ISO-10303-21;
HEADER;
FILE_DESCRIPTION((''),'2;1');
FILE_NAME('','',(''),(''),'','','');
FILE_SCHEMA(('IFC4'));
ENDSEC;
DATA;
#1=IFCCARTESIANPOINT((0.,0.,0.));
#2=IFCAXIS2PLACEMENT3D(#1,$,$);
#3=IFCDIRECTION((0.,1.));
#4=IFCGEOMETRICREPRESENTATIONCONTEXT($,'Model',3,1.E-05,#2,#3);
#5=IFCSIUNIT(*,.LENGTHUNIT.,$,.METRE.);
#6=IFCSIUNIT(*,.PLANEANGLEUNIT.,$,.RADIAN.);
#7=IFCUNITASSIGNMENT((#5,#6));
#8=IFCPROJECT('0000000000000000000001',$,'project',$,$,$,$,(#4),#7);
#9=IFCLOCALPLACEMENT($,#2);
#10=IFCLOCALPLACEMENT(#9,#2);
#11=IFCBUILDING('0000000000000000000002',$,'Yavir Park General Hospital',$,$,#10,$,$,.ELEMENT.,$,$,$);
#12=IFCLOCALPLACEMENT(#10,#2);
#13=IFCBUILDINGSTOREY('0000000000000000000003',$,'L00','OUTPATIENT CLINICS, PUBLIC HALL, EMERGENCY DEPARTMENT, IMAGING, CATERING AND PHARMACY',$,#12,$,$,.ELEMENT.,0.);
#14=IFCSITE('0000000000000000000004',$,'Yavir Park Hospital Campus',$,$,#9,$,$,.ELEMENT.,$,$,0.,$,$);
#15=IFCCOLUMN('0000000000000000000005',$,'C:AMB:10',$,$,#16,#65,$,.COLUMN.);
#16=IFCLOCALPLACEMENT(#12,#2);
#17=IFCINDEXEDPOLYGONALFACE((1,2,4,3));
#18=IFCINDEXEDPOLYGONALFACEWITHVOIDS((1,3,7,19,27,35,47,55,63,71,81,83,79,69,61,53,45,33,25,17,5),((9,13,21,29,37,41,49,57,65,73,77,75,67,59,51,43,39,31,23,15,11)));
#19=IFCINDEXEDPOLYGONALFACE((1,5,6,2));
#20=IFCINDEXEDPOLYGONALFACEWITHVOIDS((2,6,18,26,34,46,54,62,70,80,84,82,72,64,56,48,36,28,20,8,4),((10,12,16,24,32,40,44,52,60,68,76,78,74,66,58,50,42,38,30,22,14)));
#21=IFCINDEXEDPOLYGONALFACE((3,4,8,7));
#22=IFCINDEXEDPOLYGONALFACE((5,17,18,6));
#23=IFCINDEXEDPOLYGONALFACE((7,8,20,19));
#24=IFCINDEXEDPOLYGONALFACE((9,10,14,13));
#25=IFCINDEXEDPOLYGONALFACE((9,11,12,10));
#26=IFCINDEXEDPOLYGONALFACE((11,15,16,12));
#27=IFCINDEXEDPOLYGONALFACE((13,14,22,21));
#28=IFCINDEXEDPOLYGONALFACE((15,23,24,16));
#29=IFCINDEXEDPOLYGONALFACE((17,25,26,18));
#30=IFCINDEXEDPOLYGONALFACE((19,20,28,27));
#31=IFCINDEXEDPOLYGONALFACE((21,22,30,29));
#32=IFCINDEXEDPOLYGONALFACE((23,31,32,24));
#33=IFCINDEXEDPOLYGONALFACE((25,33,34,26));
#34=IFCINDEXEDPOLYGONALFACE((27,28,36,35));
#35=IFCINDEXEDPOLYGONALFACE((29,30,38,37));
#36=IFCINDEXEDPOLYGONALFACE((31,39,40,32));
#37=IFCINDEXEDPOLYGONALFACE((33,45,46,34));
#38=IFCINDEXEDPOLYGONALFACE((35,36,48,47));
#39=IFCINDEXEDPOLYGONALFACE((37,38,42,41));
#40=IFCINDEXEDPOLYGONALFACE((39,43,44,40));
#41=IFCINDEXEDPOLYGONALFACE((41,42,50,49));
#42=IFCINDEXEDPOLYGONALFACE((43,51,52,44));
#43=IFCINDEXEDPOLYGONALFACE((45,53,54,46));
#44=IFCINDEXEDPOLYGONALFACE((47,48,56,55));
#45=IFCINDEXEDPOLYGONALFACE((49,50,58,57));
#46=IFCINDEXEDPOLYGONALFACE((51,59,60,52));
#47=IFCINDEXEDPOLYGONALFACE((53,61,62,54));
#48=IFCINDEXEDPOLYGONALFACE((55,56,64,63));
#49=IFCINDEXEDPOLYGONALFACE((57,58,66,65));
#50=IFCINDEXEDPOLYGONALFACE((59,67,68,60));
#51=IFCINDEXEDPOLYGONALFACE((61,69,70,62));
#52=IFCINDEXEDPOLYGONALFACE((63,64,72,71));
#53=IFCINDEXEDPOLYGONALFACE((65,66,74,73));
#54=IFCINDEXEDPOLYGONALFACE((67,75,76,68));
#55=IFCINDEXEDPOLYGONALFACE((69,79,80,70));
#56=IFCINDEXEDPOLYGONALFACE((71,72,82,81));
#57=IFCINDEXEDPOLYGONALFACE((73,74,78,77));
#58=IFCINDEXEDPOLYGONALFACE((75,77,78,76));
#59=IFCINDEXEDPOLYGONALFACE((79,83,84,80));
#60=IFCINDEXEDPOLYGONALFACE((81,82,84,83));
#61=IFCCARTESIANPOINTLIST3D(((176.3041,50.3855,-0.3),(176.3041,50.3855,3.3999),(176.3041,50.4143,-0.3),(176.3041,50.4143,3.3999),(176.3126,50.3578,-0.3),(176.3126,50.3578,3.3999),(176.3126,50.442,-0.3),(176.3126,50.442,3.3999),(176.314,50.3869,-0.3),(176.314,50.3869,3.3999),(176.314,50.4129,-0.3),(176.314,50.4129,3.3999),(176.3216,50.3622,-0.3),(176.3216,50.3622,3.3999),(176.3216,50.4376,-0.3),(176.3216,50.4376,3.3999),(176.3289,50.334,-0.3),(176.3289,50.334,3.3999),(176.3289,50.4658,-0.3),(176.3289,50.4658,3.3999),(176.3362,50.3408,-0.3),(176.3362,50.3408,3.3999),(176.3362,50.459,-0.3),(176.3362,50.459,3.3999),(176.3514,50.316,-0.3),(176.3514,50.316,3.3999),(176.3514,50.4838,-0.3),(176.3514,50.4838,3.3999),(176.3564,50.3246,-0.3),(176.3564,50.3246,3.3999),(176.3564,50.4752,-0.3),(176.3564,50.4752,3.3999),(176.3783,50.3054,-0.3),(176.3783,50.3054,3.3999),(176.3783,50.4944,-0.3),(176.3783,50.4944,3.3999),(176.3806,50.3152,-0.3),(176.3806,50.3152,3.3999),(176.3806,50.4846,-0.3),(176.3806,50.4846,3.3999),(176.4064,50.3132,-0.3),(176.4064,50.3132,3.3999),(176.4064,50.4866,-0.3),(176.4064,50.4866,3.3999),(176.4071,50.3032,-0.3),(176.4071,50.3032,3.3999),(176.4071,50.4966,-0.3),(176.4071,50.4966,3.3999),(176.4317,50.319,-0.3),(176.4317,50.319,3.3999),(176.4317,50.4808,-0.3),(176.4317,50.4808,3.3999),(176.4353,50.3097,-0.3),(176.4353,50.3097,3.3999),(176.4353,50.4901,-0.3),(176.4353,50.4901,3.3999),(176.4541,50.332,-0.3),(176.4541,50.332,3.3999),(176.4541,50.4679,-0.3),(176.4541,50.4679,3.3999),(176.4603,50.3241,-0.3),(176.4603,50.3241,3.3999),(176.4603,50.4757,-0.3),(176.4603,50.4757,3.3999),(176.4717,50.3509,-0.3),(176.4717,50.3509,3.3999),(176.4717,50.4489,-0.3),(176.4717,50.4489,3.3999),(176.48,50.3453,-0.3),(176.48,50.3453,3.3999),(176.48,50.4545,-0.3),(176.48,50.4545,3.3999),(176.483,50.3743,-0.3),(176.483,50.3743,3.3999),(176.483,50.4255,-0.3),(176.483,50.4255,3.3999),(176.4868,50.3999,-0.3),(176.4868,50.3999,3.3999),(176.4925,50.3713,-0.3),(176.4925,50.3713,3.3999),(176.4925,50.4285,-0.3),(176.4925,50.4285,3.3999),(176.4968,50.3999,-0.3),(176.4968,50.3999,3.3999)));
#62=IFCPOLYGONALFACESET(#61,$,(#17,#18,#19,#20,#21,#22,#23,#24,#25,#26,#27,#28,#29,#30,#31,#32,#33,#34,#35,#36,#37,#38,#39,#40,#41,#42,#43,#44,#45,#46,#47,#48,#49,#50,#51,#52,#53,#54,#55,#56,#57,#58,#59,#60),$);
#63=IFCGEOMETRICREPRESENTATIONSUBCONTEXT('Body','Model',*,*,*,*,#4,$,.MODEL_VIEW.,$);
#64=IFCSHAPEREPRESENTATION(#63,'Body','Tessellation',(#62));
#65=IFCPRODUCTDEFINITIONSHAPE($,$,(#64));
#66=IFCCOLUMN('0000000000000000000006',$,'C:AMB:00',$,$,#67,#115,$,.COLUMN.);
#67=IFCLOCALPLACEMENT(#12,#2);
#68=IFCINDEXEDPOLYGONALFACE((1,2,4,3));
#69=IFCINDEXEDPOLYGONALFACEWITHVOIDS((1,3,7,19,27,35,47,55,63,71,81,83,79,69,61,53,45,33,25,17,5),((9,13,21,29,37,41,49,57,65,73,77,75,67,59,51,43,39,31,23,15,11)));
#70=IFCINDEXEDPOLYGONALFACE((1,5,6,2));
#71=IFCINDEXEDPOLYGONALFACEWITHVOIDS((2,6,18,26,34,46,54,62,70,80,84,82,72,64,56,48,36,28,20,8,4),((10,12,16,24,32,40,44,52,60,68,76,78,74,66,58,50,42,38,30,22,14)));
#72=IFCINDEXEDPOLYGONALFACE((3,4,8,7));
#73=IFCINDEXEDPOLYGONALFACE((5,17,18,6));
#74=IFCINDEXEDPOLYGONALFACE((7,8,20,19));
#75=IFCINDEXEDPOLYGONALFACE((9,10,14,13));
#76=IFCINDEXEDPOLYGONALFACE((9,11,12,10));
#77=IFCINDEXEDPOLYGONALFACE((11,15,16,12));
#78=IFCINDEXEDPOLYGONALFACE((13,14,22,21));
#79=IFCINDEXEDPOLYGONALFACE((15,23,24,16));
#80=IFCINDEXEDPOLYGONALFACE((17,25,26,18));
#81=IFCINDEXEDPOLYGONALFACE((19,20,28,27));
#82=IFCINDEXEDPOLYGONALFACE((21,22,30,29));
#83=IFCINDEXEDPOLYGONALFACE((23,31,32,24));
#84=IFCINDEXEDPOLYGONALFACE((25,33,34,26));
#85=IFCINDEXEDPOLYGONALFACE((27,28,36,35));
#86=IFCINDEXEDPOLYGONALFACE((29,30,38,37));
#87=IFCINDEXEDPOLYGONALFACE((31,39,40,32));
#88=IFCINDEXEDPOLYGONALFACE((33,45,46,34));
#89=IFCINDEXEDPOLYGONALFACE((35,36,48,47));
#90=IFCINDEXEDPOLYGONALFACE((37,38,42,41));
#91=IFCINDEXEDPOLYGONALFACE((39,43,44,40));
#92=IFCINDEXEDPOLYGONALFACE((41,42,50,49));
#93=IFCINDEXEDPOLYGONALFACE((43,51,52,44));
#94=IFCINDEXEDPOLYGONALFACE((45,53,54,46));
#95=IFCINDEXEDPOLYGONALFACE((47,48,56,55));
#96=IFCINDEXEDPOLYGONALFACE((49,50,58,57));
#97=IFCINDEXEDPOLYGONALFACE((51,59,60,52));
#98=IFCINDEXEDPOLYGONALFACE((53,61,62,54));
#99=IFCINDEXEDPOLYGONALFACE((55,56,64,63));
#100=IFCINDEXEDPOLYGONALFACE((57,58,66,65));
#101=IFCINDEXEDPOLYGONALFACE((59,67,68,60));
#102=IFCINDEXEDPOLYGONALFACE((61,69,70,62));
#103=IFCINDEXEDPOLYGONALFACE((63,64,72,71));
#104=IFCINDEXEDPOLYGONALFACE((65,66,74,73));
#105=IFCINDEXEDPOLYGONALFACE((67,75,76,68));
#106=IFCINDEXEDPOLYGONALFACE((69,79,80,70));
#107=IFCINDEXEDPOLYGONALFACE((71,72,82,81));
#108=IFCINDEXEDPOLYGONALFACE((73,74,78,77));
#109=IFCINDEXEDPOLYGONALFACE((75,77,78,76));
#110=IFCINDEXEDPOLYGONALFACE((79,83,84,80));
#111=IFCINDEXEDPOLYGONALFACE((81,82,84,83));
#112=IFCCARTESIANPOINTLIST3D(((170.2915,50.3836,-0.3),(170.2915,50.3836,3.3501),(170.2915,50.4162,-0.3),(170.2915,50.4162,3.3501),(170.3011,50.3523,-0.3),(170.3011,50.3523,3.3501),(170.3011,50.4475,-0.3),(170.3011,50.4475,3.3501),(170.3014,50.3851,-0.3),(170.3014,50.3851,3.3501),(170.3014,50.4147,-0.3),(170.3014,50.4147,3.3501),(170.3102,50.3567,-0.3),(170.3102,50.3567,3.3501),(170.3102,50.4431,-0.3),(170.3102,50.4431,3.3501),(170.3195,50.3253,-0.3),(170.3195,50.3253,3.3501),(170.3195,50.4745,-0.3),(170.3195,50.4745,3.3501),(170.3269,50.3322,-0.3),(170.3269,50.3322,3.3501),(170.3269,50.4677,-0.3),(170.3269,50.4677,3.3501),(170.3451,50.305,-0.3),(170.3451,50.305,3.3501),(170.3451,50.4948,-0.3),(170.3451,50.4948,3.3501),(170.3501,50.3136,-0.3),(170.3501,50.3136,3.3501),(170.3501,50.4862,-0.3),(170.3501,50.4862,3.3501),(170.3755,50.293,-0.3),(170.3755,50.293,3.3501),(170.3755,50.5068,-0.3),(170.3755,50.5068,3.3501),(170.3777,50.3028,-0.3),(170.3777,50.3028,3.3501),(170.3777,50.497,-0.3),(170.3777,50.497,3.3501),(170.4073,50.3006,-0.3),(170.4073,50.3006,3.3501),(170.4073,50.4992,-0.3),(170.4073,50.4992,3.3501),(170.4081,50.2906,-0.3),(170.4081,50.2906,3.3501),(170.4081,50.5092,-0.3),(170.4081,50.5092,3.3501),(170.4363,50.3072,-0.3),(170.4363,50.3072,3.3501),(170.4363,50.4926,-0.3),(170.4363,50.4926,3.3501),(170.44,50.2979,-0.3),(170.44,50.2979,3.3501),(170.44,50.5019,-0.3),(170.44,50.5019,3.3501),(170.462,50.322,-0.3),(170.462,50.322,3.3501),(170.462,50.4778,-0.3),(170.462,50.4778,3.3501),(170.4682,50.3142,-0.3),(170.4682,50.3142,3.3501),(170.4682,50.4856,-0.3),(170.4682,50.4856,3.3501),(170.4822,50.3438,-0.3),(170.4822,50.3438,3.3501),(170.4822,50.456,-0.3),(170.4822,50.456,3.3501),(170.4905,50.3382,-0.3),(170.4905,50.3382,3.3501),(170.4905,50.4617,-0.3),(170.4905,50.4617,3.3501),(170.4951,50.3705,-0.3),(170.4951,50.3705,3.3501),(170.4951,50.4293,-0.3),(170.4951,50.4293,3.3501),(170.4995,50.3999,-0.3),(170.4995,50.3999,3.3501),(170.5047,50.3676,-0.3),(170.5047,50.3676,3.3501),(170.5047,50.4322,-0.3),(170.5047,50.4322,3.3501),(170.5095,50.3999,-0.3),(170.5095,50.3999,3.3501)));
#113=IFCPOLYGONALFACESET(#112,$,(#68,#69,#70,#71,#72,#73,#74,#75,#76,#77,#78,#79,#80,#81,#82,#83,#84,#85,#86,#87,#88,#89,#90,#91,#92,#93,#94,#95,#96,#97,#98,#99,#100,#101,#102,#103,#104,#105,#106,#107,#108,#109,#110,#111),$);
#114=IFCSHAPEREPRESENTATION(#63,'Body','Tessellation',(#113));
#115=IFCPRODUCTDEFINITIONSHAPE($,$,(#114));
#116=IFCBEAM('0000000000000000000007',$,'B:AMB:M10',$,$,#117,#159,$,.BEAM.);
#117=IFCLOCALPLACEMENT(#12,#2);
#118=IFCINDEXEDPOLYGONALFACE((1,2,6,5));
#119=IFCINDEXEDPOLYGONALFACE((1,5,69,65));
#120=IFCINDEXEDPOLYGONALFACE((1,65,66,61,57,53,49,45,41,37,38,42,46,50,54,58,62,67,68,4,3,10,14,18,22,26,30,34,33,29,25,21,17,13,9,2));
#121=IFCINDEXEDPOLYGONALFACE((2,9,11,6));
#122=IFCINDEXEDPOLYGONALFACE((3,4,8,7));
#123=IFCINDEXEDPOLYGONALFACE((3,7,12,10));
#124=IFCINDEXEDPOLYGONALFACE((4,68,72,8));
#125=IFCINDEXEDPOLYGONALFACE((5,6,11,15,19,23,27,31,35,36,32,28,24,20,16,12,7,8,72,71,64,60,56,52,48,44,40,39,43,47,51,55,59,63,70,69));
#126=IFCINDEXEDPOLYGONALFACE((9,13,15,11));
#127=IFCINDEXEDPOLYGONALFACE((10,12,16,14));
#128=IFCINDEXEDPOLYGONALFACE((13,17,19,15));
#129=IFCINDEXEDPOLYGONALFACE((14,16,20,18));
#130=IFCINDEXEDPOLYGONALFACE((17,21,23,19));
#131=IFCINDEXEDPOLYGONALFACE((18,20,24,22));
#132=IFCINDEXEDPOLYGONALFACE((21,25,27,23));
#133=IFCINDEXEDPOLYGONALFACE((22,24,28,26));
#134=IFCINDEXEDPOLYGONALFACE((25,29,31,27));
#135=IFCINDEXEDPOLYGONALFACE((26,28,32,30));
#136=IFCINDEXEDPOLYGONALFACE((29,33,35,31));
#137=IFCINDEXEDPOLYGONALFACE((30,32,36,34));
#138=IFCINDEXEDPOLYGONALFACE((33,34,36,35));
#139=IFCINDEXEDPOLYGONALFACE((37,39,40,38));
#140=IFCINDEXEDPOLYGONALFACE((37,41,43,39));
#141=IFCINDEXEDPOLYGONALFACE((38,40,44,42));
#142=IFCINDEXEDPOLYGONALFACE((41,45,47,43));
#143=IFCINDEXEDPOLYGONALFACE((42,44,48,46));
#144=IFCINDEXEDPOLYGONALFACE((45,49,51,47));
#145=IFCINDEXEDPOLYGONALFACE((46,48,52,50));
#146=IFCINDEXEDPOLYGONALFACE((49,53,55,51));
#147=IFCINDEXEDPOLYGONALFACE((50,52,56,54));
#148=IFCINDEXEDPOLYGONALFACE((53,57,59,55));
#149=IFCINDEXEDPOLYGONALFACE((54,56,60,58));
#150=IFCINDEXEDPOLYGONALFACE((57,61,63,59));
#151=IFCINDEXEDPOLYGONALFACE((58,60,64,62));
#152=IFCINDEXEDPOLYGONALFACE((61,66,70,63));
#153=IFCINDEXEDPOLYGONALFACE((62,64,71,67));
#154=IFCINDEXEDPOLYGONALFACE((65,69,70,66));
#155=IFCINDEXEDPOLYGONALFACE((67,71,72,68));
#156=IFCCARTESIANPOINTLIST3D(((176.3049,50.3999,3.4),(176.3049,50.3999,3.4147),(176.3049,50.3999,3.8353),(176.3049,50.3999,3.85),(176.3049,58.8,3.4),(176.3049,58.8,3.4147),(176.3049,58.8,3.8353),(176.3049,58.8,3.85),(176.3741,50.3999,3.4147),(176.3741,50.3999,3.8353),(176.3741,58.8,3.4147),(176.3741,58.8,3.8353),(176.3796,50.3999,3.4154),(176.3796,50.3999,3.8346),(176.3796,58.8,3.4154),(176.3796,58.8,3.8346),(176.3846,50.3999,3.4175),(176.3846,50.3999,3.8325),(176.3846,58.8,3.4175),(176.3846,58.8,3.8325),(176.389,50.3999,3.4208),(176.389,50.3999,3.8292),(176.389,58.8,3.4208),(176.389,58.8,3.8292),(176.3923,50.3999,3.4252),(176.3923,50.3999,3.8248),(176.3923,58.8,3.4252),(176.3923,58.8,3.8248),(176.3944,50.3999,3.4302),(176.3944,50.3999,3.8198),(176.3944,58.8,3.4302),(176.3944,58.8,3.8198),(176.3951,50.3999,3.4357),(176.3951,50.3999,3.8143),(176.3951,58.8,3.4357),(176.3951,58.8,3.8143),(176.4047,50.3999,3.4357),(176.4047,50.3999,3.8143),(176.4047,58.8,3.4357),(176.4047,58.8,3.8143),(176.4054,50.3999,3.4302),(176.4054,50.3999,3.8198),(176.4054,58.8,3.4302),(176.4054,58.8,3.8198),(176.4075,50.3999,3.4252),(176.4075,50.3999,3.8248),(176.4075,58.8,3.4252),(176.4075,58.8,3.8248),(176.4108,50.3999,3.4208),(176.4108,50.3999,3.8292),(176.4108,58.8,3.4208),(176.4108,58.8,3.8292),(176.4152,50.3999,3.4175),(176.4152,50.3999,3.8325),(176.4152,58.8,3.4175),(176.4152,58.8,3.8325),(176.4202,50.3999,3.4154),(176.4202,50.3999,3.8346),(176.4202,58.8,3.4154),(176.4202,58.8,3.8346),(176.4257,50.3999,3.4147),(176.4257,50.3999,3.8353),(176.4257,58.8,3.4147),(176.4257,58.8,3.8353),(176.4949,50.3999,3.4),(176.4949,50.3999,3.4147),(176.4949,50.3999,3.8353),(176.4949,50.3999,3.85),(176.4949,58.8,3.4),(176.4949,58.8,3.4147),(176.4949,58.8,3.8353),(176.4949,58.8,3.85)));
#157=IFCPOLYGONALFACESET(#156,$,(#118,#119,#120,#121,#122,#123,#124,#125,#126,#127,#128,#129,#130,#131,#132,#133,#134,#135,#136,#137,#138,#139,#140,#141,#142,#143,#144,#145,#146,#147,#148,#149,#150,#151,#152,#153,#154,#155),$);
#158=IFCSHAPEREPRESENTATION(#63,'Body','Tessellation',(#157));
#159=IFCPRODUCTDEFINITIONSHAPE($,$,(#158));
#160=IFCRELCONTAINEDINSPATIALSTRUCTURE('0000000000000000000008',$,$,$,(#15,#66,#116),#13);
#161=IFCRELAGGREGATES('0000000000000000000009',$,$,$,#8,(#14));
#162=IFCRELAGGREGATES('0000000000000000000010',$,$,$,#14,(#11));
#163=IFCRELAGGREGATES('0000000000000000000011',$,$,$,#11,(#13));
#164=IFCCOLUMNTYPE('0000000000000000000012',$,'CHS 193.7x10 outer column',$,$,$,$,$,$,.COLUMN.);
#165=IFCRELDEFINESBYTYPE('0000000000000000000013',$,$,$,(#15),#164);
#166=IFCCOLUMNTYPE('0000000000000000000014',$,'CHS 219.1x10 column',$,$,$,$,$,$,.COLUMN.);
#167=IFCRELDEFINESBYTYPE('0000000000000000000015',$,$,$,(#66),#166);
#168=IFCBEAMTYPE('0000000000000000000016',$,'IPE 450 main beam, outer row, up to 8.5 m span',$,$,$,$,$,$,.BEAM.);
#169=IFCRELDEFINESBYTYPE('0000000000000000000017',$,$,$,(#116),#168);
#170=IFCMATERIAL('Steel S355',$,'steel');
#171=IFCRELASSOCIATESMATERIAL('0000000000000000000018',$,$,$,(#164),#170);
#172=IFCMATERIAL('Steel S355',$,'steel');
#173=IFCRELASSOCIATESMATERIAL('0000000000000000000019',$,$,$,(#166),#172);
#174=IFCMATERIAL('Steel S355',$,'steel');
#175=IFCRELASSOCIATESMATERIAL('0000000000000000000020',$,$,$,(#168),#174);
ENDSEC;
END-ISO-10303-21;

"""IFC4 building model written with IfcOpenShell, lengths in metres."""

from ifc_helpers import new_model, si_unit, direction, frame, origin, origin_2d, place, context, subcontext, project, spatial, hollow_circle, i_section, extrude, material, material_profile, profile_set, type_object, element, save


model = new_model("IFC4")

# Units and contexts
model_context = context("Model", 3, precision=1e-05, world=origin(), true_north=direction((0.0, 1.0)))
body_context = subcontext(model_context, "Body", "Model", "MODEL_VIEW")
ifc_project = project(units=[si_unit("LENGTHUNIT", "METRE"), si_unit("PLANEANGLEUNIT", "RADIAN")], contexts=[model_context])

# Site, building, storey
site_placement = place(None, origin())
site = spatial("IfcSite", under=ifc_project, at=site_placement, Name="Yavir Park Hospital Campus", CompositionType="ELEMENT", RefElevation=0.0)
building_placement = place(site_placement, origin())
building = spatial("IfcBuilding", under=site, at=building_placement, Name="Yavir Park General Hospital", CompositionType="ELEMENT")
storey_placement = place(building_placement, origin())
storey = spatial("IfcBuildingStorey", under=building, at=storey_placement, Name="L00", Description="OUTPATIENT CLINICS, PUBLIC HALL, EMERGENCY DEPARTMENT, IMAGING, CATERING AND PHARMACY", CompositionType="ELEMENT", Elevation=0.0)

# Columns
ifc_material_1 = material(Name="Steel S355", Category="steel")
ifc_material_profile_1 = material_profile(ifc_material_1, hollow_circle(Radius=0.0969, WallThickness=0.01, at=origin_2d()), Name="CHS193.7x10")
ifc_profile_set_1 = profile_set([ifc_material_profile_1], Name="Steel S355")
column_type_1 = type_object("IfcColumnType", Name="CHS 193.7x10 outer column", PredefinedType="COLUMN", material=ifc_profile_set_1)
column_1_placement = place(storey_placement, frame((176.3999, 50.3999, -0.3), z_axis=(0.0, 0.0, 1.0), x_axis=(1.0, 0.0, 0.0)))
element("IfcColumn", 1, at=column_1_placement, inside=storey, type_object=column_type_1, Name="C:AMB:10", PredefinedType="COLUMN", context=body_context, shape_type="SweptSolid", body=[
    extrude(hollow_circle(Radius=0.0969, WallThickness=0.01, at=origin_2d()), origin(), (0.0, 0.0, 1.0), 3.7),
])
ifc_material_2 = material(Name="Steel S355", Category="steel")
ifc_material_profile_2 = material_profile(ifc_material_2, hollow_circle(Radius=0.1096, WallThickness=0.01, at=origin_2d()), Name="CHS219.1x10")
ifc_profile_set_2 = profile_set([ifc_material_profile_2], Name="Steel S355")
column_type_2 = type_object("IfcColumnType", Name="CHS 219.1x10 column", PredefinedType="COLUMN", material=ifc_profile_set_2)
column_2_placement = place(storey_placement, frame((170.3999, 50.3999, -0.3), z_axis=(0.0, 0.0, 1.0), x_axis=(1.0, 0.0, 0.0)))
element("IfcColumn", 2, at=column_2_placement, inside=storey, type_object=column_type_2, Name="C:AMB:00", PredefinedType="COLUMN", context=body_context, shape_type="SweptSolid", body=[
    extrude(hollow_circle(Radius=0.1096, WallThickness=0.01, at=origin_2d()), origin(), (0.0, 0.0, 1.0), 3.6501),
])

# Beam
ifc_material_3 = material(Name="Steel S355", Category="steel")
ifc_material_profile_3 = material_profile(ifc_material_3, i_section(OverallWidth=0.1899, OverallDepth=0.45, WebThickness=0.0095, FlangeThickness=0.0146, FilletRadius=0.021, at=origin_2d()), Name="IPE450")
ifc_profile_set_3 = profile_set([ifc_material_profile_3], Name="Steel S355")
beam_type_1 = type_object("IfcBeamType", Name="IPE 450 main beam, outer row, up to 8.5 m span", PredefinedType="BEAM", material=ifc_profile_set_3)
beam_1_placement = place(storey_placement, frame((176.3999, 50.3999, 3.625), z_axis=(0.0, 1.0, 0.0), x_axis=(-1.0, 0.0, 0.0)))
element("IfcBeam", 3, at=beam_1_placement, inside=storey, type_object=beam_type_1, Name="B:AMB:M10", PredefinedType="BEAM", context=body_context, shape_type="SweptSolid", body=[
    extrude(i_section(OverallWidth=0.1899, OverallDepth=0.45, WebThickness=0.0095, FlangeThickness=0.0146, FilletRadius=0.021, at=origin_2d()), origin(), (0.0, 0.0, 1.0), 8.4001),
])

save(model, "model.ifc")
